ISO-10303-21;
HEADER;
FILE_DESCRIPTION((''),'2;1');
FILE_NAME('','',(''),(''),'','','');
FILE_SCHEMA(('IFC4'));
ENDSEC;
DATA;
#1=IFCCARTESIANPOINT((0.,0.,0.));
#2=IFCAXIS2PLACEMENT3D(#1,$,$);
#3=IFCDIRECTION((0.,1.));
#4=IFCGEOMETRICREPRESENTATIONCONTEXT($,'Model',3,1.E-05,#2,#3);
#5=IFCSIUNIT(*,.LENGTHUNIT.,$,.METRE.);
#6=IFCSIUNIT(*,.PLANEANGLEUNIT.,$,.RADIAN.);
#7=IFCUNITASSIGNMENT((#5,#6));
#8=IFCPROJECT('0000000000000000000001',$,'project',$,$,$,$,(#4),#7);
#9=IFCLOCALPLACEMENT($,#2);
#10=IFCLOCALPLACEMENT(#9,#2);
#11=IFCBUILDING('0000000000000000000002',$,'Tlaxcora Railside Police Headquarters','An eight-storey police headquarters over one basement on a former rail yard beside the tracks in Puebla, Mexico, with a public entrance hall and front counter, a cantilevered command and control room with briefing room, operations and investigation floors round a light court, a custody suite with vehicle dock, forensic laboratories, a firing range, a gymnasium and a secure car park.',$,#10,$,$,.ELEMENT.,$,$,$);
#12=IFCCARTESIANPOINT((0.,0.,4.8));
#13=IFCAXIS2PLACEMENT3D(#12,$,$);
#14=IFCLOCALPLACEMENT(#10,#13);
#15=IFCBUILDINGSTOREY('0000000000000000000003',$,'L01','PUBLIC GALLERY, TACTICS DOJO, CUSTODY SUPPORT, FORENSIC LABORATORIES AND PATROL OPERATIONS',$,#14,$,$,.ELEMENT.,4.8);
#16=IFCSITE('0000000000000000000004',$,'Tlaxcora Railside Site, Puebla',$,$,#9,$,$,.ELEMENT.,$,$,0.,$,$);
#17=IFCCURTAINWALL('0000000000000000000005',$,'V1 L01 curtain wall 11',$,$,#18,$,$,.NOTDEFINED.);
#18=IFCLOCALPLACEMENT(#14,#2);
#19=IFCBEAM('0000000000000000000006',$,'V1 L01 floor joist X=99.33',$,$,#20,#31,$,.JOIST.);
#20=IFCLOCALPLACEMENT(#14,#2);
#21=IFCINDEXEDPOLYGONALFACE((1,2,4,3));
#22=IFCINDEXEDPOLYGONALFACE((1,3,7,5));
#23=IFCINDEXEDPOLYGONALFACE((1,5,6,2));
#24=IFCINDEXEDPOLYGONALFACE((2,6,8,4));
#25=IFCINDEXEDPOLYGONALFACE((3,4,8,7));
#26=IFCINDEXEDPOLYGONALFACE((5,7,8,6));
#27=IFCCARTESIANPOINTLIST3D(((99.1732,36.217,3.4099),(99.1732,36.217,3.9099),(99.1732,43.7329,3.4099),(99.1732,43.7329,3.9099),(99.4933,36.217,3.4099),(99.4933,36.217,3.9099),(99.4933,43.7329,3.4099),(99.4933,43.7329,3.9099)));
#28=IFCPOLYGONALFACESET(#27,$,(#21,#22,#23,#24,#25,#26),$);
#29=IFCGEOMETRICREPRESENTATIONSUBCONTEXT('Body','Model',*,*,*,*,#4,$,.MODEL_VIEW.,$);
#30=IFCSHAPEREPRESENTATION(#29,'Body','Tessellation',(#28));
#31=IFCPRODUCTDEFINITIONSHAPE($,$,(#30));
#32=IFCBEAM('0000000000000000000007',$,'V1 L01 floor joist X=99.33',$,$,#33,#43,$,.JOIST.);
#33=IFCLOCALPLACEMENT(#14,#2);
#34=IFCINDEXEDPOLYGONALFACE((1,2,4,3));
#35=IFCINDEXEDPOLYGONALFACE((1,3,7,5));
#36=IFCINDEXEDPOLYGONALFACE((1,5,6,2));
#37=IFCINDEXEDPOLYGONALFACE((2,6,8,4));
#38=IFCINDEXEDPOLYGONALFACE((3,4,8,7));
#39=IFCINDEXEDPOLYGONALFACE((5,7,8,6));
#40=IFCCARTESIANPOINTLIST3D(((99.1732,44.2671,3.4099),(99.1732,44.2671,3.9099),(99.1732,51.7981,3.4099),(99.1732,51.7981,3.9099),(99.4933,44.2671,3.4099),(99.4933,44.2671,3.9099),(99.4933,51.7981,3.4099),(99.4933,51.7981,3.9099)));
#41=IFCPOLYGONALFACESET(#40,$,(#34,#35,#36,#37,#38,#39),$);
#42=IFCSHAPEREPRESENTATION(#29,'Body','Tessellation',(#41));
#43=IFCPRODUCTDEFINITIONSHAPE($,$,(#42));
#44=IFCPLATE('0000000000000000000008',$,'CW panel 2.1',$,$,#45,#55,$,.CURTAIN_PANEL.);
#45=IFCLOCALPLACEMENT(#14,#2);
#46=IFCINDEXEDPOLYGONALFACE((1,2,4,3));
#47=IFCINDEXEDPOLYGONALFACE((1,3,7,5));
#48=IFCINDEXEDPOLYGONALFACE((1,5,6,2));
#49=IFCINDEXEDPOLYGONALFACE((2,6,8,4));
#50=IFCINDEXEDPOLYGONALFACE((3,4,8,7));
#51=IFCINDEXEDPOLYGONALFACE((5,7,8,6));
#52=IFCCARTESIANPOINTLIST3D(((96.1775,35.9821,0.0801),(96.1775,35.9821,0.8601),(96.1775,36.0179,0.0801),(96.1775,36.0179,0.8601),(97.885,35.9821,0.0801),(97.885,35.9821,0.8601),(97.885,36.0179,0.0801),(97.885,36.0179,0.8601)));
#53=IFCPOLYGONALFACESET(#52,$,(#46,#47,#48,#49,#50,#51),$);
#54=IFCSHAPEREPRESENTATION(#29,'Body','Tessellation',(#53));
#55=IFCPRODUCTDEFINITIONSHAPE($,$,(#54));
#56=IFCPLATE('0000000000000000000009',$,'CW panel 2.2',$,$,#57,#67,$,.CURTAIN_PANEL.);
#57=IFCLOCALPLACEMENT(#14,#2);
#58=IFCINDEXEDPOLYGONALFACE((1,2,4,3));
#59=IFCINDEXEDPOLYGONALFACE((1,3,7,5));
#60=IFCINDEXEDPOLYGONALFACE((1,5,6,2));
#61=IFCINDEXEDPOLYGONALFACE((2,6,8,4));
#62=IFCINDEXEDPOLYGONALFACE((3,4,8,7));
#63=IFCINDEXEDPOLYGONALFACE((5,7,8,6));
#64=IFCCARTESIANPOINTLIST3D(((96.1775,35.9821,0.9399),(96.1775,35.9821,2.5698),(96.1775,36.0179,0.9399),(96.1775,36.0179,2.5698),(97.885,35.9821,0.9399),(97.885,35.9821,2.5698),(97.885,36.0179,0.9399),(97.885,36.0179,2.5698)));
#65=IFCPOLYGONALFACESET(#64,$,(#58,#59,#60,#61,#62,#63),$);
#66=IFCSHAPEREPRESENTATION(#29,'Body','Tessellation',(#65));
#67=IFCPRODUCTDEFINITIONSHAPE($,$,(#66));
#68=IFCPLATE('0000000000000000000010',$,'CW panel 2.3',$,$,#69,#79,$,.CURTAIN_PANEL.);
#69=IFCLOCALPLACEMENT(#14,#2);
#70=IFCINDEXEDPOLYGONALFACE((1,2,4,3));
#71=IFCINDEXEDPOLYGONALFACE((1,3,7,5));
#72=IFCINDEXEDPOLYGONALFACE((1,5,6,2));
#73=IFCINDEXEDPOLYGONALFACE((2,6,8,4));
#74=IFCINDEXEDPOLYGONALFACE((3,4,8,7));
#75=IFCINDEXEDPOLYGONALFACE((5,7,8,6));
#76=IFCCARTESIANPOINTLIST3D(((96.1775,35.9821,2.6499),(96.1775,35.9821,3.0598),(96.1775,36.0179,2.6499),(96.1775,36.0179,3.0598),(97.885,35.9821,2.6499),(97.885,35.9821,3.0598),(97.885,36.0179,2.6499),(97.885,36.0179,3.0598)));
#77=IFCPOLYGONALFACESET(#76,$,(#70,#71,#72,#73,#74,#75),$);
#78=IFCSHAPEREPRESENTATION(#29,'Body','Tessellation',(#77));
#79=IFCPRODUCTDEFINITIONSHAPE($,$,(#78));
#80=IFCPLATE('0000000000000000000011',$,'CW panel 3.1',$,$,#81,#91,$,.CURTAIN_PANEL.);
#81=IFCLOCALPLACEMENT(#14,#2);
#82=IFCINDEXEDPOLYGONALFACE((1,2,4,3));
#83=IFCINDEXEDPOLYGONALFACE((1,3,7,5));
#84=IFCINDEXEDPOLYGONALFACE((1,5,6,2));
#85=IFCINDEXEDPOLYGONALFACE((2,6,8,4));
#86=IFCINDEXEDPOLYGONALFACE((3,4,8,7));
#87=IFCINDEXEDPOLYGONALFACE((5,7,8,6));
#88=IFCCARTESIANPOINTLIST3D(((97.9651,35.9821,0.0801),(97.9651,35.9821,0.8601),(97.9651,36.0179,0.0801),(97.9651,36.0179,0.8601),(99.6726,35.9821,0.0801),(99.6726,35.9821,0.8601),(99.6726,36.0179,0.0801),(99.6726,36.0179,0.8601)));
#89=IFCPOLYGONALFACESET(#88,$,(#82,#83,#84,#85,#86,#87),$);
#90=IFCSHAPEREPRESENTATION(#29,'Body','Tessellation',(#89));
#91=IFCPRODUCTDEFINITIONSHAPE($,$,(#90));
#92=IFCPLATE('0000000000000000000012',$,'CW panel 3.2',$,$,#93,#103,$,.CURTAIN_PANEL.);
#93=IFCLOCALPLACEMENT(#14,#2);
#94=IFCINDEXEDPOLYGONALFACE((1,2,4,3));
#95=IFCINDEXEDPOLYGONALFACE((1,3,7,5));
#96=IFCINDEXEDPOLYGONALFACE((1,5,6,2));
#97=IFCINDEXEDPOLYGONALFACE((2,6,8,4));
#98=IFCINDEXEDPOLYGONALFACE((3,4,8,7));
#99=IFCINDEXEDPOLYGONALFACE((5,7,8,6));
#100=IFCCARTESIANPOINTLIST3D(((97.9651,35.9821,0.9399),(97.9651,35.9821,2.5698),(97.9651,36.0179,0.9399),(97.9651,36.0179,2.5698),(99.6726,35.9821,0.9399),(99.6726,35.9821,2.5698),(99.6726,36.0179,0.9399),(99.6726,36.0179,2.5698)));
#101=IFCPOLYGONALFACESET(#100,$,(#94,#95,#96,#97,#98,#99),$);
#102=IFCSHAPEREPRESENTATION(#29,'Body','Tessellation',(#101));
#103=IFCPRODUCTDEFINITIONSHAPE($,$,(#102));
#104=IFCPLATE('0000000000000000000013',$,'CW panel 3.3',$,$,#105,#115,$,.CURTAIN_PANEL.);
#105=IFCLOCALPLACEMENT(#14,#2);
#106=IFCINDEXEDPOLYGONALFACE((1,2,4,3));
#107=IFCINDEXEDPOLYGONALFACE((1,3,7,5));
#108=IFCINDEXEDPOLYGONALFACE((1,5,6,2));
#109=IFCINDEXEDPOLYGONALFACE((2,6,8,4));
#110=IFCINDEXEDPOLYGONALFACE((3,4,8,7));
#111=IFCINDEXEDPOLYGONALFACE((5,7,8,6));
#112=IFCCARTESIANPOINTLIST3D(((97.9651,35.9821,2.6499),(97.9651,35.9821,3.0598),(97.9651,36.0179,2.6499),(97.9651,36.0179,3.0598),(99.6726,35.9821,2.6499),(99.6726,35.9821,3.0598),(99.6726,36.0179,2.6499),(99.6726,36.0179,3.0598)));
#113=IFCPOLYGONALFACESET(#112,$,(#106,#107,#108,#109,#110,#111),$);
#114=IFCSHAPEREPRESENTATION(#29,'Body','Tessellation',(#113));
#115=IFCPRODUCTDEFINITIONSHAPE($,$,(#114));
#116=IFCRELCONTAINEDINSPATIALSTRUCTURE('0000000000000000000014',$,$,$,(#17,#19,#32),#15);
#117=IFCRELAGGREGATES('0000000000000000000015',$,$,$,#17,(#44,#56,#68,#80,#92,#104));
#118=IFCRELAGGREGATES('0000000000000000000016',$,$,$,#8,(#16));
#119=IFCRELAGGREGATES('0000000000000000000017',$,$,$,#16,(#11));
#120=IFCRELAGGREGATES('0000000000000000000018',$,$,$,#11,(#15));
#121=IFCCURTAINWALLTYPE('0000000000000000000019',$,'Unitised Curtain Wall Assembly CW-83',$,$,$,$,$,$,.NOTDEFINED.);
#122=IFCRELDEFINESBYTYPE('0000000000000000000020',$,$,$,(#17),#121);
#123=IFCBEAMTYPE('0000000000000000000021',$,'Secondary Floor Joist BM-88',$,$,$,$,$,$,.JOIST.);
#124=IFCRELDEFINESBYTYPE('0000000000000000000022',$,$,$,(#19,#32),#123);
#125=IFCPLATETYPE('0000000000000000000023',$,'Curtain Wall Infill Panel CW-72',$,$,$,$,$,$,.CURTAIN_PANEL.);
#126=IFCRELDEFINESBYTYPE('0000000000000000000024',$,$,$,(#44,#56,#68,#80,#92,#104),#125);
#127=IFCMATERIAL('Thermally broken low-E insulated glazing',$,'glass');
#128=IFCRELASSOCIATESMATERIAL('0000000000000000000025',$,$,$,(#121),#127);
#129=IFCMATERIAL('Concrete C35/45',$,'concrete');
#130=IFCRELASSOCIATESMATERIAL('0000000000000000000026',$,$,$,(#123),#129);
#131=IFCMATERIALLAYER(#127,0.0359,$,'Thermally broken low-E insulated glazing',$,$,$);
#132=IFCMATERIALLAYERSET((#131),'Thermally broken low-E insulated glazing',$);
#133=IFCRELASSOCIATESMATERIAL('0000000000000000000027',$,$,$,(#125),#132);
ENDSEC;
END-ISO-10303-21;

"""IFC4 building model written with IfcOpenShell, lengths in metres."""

from ifc_helpers import new_model, si_unit, direction, frame, origin, origin_2d, place, context, subcontext, project, spatial, rectangle, extrude, material, layer, layer_set, material_profile, profile_set, type_object, element, aggregate, save


model = new_model("IFC4")

# Units and contexts
model_context = context("Model", 3, precision=1e-05, world=origin(), true_north=direction((0.0, 1.0)))
body_context = subcontext(model_context, "Body", "Model", "MODEL_VIEW")
ifc_project = project(units=[si_unit("LENGTHUNIT", "METRE"), si_unit("PLANEANGLEUNIT", "RADIAN")], contexts=[model_context])

# Site, building, storey
site_placement = place(None, origin())
site = spatial("IfcSite", under=ifc_project, at=site_placement, Name="Tlaxcora Railside Site, Puebla", CompositionType="ELEMENT", RefElevation=0.0)
building_placement = place(site_placement, origin())
building = spatial("IfcBuilding", under=site, at=building_placement, Name="Tlaxcora Railside Police Headquarters", Description="An eight-storey police headquarters over one basement on a former rail yard beside the tracks in Puebla, Mexico, with a public entrance hall and front counter, a cantilevered command and control room with briefing room, operations and investigation floors round a light court, a custody suite with vehicle dock, forensic laboratories, a firing range, a gymnasium and a secure car park.", CompositionType="ELEMENT")
storey_placement = place(building_placement, frame((0.0, 0.0, 4.8)))
storey = spatial("IfcBuildingStorey", under=building, at=storey_placement, Name="L01", Description="PUBLIC GALLERY, TACTICS DOJO, CUSTODY SUPPORT, FORENSIC LABORATORIES AND PATROL OPERATIONS", CompositionType="ELEMENT", Elevation=4.8)

# Curtain wall
ifc_material_1 = material(Name="Thermally broken low-E insulated glazing", Category="glass")
curtain_wall_type = type_object("IfcCurtainWallType", Name="Unitised Curtain Wall Assembly CW-83", PredefinedType="NOTDEFINED", material=ifc_material_1)
curtain_wall_placement = place(storey_placement, origin())
curtain_wall = element("IfcCurtainWall", 1, at=curtain_wall_placement, inside=storey, type_object=curtain_wall_type, Name="V1 L01 curtain wall 11", PredefinedType="NOTDEFINED")

# Beams
ifc_material_2 = material(Name="Concrete C35/45", Category="concrete")
ifc_material_profile_1 = material_profile(ifc_material_2, rectangle(XDim=0.3201, YDim=0.5, at=origin_2d()), Name="RC320X500")
ifc_profile_set_1 = profile_set([ifc_material_profile_1], Name="Concrete C35/45")
beam_type_1 = type_object("IfcBeamType", Name="Secondary Floor Joist BM-88", PredefinedType="JOIST", material=ifc_profile_set_1)
beam_1_placement = place(storey_placement, frame((99.3333, 36.217, 3.6599), z_axis=(0.0, 1.0, 0.0), x_axis=(-1.0, 0.0, 0.0)))
element("IfcBeam", 2, at=beam_1_placement, inside=storey, type_object=beam_type_1, Name="V1 L01 floor joist X=99.33", PredefinedType="JOIST", context=body_context, shape_type="SweptSolid", body=[
    extrude(rectangle(XDim=0.3201, YDim=0.5, at=origin_2d()), origin(), (0.0, 0.0, 1.0), 7.5159),
])
beam_2_placement = place(storey_placement, frame((99.3333, 44.2671, 3.6599), z_axis=(0.0, 1.0, 0.0), x_axis=(-1.0, 0.0, 0.0)))
element("IfcBeam", 3, at=beam_2_placement, inside=storey, type_object=beam_type_1, Name="V1 L01 floor joist X=99.33", PredefinedType="JOIST", context=body_context, shape_type="SweptSolid", body=[
    extrude(rectangle(XDim=0.3201, YDim=0.5, at=origin_2d()), origin(), (0.0, 0.0, 1.0), 7.531),
])

# Plates
ifc_layer = layer(ifc_material_1, 0.0359, Name="Thermally broken low-E insulated glazing")
ifc_layer_set = layer_set([ifc_layer], Name="Thermally broken low-E insulated glazing")
plate_type = type_object("IfcPlateType", Name="Curtain Wall Infill Panel CW-72", PredefinedType="CURTAIN_PANEL", material=ifc_layer_set)
plate_1_placement = place(storey_placement, frame((97.0312, 36.0, 0.0801), z_axis=(0.0, 0.0, 1.0), x_axis=(1.0, 0.0, 0.0)))
plate_1 = element("IfcPlate", 4, at=plate_1_placement, type_object=plate_type, Name="CW panel 2.1", PredefinedType="CURTAIN_PANEL", context=body_context, shape_type="SweptSolid", body=[
    extrude(rectangle(XDim=1.7075, YDim=0.0359, at=origin_2d()), origin(), (0.0, 0.0, 1.0), 0.78),
])
plate_2_placement = place(storey_placement, frame((97.0312, 36.0, 0.9399), z_axis=(0.0, 0.0, 1.0), x_axis=(1.0, 0.0, 0.0)))
plate_2 = element("IfcPlate", 5, at=plate_2_placement, type_object=plate_type, Name="CW panel 2.2", PredefinedType="CURTAIN_PANEL", context=body_context, shape_type="SweptSolid", body=[
    extrude(rectangle(XDim=1.7075, YDim=0.0359, at=origin_2d()), origin(), (0.0, 0.0, 1.0), 1.6299),
])
plate_3_placement = place(storey_placement, frame((97.0312, 36.0, 2.6499), z_axis=(0.0, 0.0, 1.0), x_axis=(1.0, 0.0, 0.0)))
plate_3 = element("IfcPlate", 6, at=plate_3_placement, type_object=plate_type, Name="CW panel 2.3", PredefinedType="CURTAIN_PANEL", context=body_context, shape_type="SweptSolid", body=[
    extrude(rectangle(XDim=1.7075, YDim=0.0359, at=origin_2d()), origin(), (0.0, 0.0, 1.0), 0.4099),
])
plate_4_placement = place(storey_placement, frame((98.8188, 36.0, 0.0801), z_axis=(0.0, 0.0, 1.0), x_axis=(1.0, 0.0, 0.0)))
plate_4 = element("IfcPlate", 7, at=plate_4_placement, type_object=plate_type, Name="CW panel 3.1", PredefinedType="CURTAIN_PANEL", context=body_context, shape_type="SweptSolid", body=[
    extrude(rectangle(XDim=1.7075, YDim=0.0359, at=origin_2d()), origin(), (0.0, 0.0, 1.0), 0.78),
])
plate_5_placement = place(storey_placement, frame((98.8188, 36.0, 0.9399), z_axis=(0.0, 0.0, 1.0), x_axis=(1.0, 0.0, 0.0)))
plate_5 = element("IfcPlate", 8, at=plate_5_placement, type_object=plate_type, Name="CW panel 3.2", PredefinedType="CURTAIN_PANEL", context=body_context, shape_type="SweptSolid", body=[
    extrude(rectangle(XDim=1.7075, YDim=0.0359, at=origin_2d()), origin(), (0.0, 0.0, 1.0), 1.6299),
])
plate_6_placement = place(storey_placement, frame((98.8188, 36.0, 2.6499), z_axis=(0.0, 0.0, 1.0), x_axis=(1.0, 0.0, 0.0)))
plate_6 = element("IfcPlate", 9, at=plate_6_placement, type_object=plate_type, Name="CW panel 3.3", PredefinedType="CURTAIN_PANEL", context=body_context, shape_type="SweptSolid", body=[
    extrude(rectangle(XDim=1.7075, YDim=0.0359, at=origin_2d()), origin(), (0.0, 0.0, 1.0), 0.4099),
])
aggregate(curtain_wall, [plate_1, plate_2, plate_3, plate_4, plate_5, plate_6])

save(model, "model.ifc")
